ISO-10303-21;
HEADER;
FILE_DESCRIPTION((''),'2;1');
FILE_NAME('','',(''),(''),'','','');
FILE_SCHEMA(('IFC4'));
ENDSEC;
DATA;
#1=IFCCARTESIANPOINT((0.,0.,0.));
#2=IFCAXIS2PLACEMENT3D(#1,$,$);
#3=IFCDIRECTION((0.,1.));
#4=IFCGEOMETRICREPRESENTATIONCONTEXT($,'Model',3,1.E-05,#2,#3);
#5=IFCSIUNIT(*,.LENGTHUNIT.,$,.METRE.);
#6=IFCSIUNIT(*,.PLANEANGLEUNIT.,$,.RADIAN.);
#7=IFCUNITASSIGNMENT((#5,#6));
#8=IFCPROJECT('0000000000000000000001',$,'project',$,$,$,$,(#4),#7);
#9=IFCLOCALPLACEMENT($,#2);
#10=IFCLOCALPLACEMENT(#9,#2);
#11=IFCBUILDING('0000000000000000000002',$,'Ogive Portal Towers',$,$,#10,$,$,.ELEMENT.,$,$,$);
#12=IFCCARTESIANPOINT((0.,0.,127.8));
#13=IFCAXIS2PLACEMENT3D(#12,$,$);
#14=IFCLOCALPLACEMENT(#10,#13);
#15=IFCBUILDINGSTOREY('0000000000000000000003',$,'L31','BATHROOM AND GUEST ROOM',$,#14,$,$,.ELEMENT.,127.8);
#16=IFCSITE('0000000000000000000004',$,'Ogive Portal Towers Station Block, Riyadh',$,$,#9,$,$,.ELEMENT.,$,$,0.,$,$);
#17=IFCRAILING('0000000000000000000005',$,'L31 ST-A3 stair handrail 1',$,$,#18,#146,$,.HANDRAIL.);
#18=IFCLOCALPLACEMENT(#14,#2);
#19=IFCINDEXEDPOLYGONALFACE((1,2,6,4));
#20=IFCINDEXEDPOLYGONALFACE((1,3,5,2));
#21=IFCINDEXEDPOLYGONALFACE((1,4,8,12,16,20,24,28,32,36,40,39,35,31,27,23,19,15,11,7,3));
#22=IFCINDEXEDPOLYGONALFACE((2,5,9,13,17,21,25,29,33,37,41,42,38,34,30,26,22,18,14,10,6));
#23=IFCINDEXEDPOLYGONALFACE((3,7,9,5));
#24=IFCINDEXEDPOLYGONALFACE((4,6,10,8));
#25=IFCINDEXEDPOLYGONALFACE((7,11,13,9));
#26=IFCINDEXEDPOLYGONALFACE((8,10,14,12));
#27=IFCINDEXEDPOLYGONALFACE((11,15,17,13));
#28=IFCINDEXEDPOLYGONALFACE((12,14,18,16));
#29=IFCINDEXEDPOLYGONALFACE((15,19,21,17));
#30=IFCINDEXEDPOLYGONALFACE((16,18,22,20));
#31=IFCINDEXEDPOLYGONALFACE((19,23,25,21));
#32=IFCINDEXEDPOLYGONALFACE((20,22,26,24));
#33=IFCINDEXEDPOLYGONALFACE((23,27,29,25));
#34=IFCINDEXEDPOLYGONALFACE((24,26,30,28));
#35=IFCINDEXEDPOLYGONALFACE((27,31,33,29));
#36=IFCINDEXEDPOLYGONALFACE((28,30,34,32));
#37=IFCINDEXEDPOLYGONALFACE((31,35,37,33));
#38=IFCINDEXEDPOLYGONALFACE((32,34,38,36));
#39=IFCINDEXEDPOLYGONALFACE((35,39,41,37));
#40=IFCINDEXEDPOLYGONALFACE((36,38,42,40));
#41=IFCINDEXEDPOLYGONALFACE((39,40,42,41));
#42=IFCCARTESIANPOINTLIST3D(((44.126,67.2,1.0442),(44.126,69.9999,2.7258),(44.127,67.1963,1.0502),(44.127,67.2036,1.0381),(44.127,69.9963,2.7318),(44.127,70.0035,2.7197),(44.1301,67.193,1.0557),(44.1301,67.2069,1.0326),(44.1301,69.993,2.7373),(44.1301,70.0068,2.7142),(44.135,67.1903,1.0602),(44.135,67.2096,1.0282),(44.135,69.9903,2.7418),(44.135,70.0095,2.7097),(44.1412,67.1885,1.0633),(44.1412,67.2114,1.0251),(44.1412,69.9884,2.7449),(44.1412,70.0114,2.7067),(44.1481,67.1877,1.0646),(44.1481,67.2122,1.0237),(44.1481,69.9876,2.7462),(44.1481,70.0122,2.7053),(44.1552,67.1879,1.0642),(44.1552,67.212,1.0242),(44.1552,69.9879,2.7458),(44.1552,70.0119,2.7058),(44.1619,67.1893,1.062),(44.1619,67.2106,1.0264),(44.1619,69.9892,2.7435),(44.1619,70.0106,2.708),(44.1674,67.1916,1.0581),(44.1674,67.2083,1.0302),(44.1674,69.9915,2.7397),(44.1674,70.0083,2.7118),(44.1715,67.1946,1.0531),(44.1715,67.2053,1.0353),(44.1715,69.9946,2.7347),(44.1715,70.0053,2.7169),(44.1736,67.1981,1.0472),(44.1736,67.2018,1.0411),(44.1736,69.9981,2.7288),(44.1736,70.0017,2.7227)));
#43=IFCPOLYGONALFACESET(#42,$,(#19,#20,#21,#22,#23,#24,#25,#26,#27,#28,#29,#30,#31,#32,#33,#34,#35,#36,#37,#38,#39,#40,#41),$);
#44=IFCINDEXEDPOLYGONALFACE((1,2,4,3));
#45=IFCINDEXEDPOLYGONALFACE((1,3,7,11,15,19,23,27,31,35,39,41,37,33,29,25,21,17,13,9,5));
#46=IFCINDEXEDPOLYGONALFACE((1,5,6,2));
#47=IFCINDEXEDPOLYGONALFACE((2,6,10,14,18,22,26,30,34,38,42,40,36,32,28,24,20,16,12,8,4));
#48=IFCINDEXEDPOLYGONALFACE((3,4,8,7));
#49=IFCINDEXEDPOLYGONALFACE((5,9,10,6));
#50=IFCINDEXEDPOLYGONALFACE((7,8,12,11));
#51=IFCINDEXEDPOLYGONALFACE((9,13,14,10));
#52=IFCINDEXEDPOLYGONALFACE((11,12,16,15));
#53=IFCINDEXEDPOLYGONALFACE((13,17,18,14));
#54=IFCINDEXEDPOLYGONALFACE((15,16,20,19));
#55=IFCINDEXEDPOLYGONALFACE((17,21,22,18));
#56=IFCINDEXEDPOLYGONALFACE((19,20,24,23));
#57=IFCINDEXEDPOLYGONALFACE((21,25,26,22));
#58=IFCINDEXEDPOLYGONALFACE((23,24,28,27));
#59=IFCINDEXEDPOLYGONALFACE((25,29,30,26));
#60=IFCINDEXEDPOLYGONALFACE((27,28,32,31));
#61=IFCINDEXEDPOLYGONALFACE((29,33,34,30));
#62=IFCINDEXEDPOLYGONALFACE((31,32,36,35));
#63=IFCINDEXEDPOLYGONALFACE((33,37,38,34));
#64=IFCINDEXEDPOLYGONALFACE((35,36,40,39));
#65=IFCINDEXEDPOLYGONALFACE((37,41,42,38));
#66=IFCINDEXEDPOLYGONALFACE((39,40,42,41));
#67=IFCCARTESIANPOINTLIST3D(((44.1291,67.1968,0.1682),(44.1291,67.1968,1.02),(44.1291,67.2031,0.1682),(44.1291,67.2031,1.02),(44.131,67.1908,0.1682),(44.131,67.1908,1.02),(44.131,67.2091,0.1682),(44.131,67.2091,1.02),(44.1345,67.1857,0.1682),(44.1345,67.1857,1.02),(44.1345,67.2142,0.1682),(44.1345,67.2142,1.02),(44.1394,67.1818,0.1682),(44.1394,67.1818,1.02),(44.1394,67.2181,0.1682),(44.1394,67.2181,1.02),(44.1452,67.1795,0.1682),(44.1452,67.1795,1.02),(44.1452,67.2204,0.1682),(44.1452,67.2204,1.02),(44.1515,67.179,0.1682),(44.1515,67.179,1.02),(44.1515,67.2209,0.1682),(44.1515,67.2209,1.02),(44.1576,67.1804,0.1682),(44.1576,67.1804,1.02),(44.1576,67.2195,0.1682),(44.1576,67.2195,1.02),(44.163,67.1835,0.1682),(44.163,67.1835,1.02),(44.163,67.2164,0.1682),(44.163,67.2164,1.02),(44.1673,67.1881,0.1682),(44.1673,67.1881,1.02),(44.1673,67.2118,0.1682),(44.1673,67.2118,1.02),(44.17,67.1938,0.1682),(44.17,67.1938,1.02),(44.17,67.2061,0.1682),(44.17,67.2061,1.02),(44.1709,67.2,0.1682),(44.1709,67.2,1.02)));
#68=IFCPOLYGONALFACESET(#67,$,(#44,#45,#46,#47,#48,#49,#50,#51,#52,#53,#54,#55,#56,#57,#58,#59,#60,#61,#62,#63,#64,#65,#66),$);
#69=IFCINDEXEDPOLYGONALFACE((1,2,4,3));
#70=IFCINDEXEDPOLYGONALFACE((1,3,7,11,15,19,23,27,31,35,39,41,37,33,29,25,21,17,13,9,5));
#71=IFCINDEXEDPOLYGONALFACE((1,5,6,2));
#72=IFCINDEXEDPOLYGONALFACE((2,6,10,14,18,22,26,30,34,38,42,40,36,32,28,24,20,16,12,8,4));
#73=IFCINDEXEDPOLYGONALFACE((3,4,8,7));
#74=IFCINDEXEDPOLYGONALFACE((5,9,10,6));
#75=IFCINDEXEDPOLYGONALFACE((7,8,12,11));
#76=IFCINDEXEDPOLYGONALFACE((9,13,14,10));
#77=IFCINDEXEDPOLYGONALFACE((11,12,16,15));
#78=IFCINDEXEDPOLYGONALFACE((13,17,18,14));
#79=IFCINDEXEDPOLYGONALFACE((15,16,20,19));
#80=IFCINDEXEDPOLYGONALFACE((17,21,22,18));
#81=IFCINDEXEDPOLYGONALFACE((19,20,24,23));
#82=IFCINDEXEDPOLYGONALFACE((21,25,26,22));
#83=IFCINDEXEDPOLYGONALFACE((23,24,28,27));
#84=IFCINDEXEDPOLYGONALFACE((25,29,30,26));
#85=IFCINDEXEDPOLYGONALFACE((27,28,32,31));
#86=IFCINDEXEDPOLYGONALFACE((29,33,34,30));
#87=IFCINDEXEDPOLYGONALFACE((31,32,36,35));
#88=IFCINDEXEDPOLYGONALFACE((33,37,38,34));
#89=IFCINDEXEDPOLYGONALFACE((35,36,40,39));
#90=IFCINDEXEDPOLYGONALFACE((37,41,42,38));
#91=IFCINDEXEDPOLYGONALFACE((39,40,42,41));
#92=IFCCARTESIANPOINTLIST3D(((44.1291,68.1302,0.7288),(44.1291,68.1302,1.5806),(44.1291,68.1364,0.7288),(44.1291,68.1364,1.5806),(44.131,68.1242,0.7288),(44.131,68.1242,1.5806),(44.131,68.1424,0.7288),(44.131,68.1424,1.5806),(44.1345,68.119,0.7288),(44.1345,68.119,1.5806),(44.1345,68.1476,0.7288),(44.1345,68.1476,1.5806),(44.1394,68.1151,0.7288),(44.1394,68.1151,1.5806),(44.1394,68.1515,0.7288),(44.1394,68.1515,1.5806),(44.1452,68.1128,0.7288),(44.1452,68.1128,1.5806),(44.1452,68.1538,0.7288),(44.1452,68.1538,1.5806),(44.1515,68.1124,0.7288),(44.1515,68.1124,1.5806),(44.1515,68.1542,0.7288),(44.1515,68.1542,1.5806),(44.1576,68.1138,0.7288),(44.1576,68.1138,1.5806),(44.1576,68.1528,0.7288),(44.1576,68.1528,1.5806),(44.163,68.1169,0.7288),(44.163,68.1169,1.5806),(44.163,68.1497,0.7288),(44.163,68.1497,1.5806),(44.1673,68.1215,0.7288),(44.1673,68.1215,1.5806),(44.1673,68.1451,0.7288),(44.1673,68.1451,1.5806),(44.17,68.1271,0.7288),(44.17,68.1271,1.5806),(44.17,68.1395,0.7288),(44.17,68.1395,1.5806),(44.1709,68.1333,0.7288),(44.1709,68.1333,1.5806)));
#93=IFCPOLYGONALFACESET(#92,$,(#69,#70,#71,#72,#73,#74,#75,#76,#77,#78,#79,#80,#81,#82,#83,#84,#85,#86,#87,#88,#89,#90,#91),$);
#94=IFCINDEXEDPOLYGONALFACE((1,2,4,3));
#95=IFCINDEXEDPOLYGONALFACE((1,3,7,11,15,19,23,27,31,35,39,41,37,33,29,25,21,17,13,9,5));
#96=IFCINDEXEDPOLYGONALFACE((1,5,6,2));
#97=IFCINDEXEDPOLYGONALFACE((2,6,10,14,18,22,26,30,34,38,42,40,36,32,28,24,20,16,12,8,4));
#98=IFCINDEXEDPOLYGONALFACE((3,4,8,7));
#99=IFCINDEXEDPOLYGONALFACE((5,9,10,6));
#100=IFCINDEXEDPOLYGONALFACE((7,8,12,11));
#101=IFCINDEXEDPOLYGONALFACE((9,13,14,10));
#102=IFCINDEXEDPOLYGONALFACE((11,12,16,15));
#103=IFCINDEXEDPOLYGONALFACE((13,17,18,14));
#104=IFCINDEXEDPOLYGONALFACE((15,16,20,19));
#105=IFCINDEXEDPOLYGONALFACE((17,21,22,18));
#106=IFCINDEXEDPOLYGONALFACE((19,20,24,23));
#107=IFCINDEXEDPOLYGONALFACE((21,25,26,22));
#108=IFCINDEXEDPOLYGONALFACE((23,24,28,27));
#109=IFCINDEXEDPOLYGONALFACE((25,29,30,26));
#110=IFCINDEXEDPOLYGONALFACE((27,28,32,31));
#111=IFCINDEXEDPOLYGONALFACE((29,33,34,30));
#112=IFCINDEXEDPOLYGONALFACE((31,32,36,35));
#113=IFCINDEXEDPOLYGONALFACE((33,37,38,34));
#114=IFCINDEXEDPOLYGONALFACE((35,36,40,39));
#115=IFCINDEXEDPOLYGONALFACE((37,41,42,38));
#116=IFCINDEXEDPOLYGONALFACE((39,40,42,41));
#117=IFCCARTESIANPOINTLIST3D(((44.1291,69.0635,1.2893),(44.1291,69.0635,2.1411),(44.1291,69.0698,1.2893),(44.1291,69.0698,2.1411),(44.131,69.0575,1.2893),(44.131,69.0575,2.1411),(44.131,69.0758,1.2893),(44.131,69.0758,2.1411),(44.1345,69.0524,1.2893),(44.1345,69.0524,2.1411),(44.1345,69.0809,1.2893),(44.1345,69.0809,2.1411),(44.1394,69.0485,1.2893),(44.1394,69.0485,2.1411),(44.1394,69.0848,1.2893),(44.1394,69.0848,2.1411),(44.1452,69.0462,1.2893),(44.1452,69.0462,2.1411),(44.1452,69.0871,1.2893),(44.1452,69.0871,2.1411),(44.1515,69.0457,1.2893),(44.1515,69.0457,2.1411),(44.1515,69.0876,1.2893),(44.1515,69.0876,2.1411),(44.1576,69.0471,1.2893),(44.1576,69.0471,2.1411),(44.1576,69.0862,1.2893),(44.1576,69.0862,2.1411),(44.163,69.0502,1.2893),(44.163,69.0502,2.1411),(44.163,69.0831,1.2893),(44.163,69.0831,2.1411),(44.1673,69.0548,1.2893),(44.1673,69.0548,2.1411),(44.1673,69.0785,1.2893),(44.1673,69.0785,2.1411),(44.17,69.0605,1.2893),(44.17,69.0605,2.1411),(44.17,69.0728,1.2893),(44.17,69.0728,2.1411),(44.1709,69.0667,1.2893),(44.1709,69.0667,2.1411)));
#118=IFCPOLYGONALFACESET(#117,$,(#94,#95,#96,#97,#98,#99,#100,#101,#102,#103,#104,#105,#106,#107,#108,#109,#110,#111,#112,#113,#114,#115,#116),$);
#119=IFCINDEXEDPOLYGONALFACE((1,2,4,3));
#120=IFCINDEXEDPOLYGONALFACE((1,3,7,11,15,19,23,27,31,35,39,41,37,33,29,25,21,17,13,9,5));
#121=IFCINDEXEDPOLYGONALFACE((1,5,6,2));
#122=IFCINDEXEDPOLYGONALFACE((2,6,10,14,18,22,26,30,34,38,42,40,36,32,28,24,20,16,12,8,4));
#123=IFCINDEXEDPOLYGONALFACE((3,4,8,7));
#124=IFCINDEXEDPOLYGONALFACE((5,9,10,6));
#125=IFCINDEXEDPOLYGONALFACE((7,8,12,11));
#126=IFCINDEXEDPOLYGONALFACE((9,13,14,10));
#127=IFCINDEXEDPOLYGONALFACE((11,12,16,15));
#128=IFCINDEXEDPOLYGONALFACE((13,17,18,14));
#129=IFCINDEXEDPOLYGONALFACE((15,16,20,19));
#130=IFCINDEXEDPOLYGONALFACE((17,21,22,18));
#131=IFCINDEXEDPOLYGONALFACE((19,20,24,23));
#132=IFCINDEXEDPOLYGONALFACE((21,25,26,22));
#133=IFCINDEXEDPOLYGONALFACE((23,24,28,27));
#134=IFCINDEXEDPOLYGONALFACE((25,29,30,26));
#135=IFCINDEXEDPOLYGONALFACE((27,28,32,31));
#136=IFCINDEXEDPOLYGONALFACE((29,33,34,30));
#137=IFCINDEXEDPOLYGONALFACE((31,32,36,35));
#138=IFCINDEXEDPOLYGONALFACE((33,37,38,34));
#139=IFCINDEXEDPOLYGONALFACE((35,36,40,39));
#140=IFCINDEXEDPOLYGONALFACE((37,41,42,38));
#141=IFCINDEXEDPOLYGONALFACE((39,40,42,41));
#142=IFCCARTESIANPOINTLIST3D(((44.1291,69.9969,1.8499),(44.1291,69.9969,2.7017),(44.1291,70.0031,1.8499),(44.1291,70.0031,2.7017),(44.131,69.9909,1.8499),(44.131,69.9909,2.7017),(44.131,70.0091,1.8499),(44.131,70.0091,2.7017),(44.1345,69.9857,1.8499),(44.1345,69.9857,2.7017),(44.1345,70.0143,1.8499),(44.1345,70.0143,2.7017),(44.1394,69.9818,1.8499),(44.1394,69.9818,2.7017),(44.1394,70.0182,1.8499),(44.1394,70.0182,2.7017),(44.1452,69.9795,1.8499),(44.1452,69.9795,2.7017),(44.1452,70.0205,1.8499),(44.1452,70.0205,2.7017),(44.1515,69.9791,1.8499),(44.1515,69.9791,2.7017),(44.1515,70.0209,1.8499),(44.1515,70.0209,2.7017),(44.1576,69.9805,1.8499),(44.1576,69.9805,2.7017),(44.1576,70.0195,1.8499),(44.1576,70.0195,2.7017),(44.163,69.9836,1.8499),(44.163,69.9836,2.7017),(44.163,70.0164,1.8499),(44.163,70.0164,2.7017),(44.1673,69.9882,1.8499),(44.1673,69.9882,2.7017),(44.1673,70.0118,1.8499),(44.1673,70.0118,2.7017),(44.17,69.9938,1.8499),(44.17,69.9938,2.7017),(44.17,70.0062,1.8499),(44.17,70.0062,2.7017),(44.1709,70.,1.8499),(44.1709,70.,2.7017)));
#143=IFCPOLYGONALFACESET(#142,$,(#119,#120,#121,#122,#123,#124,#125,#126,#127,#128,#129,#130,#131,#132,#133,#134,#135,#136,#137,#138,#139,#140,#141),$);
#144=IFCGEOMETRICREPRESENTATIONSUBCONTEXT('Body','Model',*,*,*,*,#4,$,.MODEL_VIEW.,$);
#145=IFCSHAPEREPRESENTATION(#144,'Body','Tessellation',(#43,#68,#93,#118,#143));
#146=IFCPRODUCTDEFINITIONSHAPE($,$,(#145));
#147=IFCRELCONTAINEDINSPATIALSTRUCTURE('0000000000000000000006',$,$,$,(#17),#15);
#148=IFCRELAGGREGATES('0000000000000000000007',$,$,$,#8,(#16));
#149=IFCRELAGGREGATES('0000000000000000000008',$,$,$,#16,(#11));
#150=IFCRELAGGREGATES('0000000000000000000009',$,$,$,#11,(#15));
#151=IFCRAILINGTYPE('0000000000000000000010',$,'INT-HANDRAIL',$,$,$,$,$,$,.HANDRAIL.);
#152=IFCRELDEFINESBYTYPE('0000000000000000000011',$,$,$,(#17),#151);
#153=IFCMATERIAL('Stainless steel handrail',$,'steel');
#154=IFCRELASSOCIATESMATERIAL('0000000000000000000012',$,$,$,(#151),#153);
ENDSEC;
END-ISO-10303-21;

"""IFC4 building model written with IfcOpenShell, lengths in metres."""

from ifc_helpers import new_model, si_unit, direction, frame, origin, origin_2d, place, context, subcontext, project, spatial, circle, extrude, material, type_object, element, save


model = new_model("IFC4")

# Units and contexts
model_context = context("Model", 3, precision=1e-05, world=origin(), true_north=direction((0.0, 1.0)))
body_context = subcontext(model_context, "Body", "Model", "MODEL_VIEW")
ifc_project = project(units=[si_unit("LENGTHUNIT", "METRE"), si_unit("PLANEANGLEUNIT", "RADIAN")], contexts=[model_context])

# Site, building, storey
site_placement = place(None, origin())
site = spatial("IfcSite", under=ifc_project, at=site_placement, Name="Ogive Portal Towers Station Block, Riyadh", CompositionType="ELEMENT", RefElevation=0.0)
building_placement = place(site_placement, origin())
building = spatial("IfcBuilding", under=site, at=building_placement, Name="Ogive Portal Towers", CompositionType="ELEMENT")
storey_placement = place(building_placement, frame((0.0, 0.0, 127.8)))
storey = spatial("IfcBuildingStorey", under=building, at=storey_placement, Name="L31", Description="BATHROOM AND GUEST ROOM", CompositionType="ELEMENT", Elevation=127.8)

# Railing
ifc_material_1 = material(Name="Stainless steel handrail", Category="steel")
railing_type_1 = type_object("IfcRailingType", Name="INT-HANDRAIL", PredefinedType="HANDRAIL", material=ifc_material_1)
railing_1_placement = place(storey_placement, frame((44.1499, 67.2, 0.1682)))
element("IfcRailing", 1, at=railing_1_placement, inside=storey, type_object=railing_type_1, Name="L31 ST-A3 stair handrail 1", PredefinedType="HANDRAIL", context=body_context, shape_type="SweptSolid", body=[
    extrude(circle(Radius=0.0239, at=origin_2d()), frame((0.0, 0.0, 0.876), z_axis=(0.0, 0.857275, 0.514858), x_axis=(-1.0, 0.0, 0.0)), (0.0, 0.0, 1.0), 3.2661),
    extrude(circle(Radius=0.021, at=origin_2d()), origin(), (0.0, 0.0, 1.0), 0.8518),
    extrude(circle(Radius=0.021, at=origin_2d()), frame((0.0, 0.9333, 0.5605)), (0.0, 0.0, 1.0), 0.8518),
    extrude(circle(Radius=0.021, at=origin_2d()), frame((0.0, 1.8667, 1.1211)), (0.0, 0.0, 1.0), 0.8518),
    extrude(circle(Radius=0.021, at=origin_2d()), frame((0.0, 2.8, 1.6816)), (0.0, 0.0, 1.0), 0.8518),
])

save(model, "model.ifc")
